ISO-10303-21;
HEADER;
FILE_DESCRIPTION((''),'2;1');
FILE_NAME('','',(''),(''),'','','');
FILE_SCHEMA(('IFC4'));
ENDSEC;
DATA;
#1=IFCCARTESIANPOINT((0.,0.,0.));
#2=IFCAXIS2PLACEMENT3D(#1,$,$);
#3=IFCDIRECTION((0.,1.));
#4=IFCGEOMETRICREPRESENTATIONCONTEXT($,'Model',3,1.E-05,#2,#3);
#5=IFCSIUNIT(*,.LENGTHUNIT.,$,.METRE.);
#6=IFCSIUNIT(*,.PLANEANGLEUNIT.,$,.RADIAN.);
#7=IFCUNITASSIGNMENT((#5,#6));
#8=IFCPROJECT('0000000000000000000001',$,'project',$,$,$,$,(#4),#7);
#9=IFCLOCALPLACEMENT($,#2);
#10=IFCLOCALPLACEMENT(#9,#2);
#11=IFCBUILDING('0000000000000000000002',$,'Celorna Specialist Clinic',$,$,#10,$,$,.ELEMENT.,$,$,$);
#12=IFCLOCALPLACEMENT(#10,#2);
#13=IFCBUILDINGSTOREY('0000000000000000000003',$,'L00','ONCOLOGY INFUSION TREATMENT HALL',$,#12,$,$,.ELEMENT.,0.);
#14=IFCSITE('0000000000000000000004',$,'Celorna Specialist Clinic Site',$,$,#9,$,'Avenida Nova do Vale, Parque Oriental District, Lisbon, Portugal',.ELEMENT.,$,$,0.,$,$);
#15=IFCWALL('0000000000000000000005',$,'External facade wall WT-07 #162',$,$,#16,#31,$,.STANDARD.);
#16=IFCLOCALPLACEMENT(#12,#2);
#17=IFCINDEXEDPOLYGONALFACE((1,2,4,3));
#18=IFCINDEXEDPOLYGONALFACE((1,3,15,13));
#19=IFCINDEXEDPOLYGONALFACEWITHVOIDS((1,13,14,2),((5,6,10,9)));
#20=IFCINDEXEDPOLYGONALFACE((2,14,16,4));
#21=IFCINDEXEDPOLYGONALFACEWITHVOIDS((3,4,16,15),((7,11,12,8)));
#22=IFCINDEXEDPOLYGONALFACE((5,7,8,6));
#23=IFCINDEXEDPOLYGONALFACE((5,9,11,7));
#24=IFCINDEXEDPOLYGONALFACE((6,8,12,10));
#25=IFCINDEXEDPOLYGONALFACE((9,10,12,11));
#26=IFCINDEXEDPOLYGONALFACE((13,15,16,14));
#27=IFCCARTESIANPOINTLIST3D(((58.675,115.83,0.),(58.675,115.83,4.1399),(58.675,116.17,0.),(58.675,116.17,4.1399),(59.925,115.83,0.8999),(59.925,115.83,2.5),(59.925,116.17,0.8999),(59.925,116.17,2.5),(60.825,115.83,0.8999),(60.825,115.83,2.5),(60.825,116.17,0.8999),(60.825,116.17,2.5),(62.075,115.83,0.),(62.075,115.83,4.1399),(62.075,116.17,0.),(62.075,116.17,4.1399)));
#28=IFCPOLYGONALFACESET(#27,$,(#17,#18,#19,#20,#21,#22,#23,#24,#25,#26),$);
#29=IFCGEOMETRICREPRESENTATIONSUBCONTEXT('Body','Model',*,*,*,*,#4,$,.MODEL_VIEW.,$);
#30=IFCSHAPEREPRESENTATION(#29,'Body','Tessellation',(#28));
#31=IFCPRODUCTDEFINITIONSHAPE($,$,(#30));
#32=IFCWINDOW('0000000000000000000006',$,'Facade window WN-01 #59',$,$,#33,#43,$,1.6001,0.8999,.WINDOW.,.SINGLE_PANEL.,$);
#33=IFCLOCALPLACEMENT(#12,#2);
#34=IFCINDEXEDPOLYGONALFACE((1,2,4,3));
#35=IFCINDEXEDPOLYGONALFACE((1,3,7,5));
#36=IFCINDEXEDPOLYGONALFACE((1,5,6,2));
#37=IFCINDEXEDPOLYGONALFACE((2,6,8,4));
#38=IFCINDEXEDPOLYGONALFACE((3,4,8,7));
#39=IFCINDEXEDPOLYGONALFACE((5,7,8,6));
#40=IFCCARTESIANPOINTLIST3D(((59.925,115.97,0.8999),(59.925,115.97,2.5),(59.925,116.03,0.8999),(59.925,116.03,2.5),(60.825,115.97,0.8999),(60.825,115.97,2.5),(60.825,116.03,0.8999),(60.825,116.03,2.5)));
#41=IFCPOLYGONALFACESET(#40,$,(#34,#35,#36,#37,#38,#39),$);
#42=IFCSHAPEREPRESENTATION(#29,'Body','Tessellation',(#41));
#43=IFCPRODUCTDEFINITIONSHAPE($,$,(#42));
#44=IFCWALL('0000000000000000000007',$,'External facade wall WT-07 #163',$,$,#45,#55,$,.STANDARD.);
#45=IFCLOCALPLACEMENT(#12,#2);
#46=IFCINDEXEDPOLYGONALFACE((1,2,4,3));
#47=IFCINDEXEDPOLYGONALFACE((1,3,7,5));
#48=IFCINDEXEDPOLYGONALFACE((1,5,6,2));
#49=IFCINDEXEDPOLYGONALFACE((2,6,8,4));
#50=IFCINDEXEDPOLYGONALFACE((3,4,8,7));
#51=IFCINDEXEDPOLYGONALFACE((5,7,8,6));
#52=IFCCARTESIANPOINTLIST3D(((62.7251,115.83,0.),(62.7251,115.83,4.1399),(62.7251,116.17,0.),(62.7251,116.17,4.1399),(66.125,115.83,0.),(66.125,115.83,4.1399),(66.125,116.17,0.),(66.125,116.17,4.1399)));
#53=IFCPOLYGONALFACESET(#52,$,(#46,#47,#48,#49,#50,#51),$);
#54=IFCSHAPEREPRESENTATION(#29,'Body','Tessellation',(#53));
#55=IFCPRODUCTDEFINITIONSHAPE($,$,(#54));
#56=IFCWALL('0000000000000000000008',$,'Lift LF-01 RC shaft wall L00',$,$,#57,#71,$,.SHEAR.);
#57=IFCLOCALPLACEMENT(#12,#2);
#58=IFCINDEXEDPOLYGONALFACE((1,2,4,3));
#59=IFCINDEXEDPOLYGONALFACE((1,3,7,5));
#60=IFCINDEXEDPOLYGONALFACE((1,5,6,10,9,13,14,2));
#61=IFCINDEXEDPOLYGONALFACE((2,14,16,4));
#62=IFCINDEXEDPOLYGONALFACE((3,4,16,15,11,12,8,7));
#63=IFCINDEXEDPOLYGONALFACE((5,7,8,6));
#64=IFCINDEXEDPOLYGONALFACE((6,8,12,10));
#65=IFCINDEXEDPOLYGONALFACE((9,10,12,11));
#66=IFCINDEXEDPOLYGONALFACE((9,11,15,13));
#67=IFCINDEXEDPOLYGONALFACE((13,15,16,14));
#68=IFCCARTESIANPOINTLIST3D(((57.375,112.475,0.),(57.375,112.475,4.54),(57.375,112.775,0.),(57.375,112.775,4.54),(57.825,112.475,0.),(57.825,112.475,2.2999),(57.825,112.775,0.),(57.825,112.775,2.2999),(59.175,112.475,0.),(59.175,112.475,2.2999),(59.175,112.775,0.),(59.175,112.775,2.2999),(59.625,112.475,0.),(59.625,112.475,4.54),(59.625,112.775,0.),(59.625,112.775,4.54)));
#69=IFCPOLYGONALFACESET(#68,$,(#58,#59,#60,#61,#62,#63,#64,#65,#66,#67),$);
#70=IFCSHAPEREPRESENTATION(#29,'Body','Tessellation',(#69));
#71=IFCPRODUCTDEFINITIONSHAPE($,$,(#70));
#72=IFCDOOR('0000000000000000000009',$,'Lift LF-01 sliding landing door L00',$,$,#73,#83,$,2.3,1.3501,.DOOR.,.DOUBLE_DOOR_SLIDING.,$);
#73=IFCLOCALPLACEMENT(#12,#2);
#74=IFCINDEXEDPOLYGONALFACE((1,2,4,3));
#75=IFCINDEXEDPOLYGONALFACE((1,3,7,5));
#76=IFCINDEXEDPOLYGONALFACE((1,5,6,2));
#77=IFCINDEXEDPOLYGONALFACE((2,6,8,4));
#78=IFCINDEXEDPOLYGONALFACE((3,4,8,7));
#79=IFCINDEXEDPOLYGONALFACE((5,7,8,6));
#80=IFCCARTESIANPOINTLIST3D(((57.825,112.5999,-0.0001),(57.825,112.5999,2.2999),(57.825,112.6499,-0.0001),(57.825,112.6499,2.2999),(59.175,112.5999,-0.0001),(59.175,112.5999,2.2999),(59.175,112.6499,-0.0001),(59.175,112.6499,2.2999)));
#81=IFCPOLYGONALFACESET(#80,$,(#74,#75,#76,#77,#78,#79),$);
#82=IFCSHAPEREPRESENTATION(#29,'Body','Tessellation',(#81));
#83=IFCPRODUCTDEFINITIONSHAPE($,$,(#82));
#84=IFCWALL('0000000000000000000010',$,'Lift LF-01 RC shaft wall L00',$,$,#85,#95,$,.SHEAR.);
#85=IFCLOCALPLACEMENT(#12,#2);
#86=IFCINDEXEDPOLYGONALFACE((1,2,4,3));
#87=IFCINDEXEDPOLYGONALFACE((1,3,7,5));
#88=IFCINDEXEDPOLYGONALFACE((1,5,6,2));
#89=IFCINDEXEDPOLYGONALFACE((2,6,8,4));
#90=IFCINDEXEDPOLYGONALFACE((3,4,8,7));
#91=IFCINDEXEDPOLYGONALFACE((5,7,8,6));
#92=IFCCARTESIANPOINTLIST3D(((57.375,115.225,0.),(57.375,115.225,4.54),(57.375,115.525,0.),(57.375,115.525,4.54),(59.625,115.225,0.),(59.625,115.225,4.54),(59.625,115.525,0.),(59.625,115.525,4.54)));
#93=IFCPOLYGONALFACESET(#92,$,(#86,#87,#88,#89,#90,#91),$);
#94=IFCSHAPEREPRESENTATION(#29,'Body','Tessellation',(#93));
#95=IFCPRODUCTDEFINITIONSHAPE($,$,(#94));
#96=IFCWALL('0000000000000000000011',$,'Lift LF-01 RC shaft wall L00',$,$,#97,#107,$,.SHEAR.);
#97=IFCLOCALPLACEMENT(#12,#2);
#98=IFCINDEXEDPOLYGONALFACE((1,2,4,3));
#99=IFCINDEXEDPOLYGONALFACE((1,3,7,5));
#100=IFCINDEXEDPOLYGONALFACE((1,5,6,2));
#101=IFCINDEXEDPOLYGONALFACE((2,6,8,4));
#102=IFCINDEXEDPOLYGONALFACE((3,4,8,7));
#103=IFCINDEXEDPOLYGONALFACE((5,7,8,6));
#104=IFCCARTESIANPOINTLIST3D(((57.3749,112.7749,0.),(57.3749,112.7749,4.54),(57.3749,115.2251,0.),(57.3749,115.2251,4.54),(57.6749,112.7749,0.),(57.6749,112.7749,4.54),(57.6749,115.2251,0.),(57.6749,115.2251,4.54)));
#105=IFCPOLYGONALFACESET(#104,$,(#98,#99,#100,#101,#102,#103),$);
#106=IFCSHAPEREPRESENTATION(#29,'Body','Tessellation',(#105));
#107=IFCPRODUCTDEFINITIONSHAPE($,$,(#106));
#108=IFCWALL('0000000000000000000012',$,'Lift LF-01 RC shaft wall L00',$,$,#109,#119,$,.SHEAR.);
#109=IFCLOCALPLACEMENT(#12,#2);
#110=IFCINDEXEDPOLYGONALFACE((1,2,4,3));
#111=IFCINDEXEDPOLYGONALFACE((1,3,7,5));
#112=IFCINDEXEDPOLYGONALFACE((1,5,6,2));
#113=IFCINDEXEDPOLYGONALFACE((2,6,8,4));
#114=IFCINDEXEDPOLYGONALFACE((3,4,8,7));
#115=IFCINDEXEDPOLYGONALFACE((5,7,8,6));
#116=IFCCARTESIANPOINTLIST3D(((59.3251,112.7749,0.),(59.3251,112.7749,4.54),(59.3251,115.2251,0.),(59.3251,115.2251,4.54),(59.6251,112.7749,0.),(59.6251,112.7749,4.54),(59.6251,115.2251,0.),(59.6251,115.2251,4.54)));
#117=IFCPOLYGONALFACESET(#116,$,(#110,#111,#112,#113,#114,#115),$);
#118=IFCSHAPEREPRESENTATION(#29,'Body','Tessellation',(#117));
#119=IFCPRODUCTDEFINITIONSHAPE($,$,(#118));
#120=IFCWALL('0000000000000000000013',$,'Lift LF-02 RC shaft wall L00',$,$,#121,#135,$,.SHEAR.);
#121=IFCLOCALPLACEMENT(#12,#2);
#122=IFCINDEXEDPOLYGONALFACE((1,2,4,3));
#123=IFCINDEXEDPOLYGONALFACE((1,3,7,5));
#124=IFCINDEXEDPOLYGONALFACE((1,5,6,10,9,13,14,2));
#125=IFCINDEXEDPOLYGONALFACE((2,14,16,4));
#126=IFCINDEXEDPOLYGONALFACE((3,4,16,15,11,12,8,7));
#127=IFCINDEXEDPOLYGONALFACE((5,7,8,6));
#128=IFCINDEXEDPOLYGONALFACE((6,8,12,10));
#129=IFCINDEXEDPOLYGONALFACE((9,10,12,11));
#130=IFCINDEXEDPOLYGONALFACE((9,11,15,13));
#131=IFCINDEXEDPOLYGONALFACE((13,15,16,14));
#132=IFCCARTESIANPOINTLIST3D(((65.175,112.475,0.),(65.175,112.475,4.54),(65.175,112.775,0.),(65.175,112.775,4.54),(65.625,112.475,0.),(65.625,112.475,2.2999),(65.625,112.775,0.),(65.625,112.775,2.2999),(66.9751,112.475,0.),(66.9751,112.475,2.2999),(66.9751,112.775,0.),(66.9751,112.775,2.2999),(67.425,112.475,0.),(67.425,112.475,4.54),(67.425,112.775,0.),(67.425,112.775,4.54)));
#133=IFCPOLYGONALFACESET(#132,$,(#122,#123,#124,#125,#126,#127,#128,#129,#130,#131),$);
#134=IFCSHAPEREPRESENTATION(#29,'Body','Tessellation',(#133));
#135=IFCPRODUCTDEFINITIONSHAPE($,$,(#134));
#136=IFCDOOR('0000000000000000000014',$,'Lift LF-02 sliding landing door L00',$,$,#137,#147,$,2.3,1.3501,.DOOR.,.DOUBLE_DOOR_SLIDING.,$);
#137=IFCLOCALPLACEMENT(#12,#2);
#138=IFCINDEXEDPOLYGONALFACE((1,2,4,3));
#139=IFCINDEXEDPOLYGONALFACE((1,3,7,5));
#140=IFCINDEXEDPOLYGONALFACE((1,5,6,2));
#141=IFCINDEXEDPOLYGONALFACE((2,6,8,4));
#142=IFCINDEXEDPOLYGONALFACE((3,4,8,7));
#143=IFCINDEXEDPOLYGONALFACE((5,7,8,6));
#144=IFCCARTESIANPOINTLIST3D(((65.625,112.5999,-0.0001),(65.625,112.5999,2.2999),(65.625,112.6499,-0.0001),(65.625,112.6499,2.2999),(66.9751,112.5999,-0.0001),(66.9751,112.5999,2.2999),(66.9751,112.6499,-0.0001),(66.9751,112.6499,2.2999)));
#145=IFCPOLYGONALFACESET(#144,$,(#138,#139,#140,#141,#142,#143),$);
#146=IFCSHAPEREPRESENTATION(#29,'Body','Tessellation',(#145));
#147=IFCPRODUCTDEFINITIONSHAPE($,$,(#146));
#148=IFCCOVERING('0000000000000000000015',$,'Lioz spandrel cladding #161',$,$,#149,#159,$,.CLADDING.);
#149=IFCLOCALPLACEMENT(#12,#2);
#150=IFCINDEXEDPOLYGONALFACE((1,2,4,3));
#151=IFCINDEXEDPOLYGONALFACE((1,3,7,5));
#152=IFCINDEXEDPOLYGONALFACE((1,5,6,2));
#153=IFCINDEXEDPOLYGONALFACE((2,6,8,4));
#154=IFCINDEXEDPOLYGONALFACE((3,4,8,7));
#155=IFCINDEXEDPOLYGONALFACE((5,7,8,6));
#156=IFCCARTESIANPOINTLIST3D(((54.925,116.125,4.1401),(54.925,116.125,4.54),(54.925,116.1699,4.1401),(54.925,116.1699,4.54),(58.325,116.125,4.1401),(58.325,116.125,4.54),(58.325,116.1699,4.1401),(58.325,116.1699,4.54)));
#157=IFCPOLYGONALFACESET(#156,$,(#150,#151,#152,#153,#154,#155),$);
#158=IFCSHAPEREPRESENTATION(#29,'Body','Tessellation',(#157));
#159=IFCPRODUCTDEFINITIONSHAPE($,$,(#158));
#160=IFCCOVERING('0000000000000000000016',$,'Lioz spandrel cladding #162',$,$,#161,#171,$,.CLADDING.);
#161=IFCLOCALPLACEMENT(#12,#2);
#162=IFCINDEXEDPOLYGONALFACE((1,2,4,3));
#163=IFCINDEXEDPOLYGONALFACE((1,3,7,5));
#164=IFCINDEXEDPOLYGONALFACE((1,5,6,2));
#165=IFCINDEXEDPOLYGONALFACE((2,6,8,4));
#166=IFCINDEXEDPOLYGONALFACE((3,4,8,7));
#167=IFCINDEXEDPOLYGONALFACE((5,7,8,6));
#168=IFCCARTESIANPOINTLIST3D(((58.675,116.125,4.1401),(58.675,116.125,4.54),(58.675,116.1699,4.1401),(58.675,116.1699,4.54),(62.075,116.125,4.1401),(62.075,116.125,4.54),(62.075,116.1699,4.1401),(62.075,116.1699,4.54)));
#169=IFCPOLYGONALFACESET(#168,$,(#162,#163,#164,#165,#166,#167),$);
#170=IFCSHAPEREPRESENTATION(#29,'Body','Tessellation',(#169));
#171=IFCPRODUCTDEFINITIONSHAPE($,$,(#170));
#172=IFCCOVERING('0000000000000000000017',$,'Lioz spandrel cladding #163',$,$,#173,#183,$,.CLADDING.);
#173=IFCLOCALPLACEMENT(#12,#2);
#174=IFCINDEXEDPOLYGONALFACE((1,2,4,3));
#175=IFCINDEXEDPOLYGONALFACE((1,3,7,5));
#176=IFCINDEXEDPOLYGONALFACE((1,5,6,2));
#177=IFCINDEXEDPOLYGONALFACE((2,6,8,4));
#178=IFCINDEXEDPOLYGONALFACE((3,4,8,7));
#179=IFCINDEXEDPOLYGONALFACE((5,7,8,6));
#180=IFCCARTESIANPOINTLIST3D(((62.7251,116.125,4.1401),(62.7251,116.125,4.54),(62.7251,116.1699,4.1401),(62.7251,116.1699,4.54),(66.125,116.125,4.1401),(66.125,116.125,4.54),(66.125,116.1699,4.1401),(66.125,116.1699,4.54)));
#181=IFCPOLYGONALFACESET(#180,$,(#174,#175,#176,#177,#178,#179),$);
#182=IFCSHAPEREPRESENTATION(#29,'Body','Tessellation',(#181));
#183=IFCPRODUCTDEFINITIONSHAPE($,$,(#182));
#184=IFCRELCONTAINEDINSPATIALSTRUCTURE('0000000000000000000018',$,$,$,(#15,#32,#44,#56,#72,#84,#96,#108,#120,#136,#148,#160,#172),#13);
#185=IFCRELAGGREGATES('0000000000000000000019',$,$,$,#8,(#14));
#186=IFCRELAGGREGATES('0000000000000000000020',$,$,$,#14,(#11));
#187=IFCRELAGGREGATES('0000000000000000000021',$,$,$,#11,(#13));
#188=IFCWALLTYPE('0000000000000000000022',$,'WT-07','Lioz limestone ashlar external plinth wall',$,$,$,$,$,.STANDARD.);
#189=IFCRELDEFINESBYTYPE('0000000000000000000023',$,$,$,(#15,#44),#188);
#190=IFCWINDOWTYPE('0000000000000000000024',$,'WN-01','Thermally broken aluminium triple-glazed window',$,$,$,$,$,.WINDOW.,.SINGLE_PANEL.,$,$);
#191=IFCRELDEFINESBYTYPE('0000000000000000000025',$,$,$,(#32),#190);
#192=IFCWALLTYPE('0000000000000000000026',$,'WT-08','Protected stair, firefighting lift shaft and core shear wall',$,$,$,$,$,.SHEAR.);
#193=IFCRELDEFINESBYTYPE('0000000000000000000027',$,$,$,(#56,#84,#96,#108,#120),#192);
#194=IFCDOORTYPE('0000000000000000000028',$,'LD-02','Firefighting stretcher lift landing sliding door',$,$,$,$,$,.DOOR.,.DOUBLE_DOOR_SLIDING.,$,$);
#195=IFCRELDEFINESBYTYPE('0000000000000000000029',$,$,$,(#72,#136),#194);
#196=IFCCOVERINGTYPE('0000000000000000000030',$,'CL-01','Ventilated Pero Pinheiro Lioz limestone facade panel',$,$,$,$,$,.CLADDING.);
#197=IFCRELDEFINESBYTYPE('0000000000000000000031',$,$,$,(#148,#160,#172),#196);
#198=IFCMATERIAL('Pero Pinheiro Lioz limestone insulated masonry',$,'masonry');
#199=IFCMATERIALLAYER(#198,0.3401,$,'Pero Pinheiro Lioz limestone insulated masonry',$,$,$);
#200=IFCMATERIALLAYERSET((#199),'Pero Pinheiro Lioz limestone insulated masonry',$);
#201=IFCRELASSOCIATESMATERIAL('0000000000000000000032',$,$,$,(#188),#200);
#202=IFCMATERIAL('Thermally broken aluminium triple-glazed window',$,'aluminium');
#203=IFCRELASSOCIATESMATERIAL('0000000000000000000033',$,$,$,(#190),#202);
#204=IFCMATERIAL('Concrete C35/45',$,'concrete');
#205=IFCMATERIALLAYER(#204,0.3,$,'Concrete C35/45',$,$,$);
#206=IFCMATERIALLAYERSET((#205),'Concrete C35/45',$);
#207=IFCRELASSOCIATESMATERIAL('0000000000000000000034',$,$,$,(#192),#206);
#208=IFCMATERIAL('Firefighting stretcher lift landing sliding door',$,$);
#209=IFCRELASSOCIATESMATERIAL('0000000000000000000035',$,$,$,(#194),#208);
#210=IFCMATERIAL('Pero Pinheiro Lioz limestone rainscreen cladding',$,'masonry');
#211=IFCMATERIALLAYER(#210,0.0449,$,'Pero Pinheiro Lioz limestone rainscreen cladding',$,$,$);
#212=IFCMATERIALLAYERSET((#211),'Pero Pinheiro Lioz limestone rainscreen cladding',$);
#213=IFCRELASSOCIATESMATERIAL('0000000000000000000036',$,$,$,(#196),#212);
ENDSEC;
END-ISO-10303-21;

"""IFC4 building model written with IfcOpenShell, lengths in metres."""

from ifc_helpers import new_model, si_unit, direction, frame, frame_2d, origin, origin_2d, place, context, subcontext, project, spatial, rectangle, extrude, material, layer, layer_set, type_object, element, fill, save


model = new_model("IFC4")

# Units and contexts
model_context = context("Model", 3, precision=1e-05, world=origin(), true_north=direction((0.0, 1.0)))
body_context = subcontext(model_context, "Body", "Model", "MODEL_VIEW")
ifc_project = project(units=[si_unit("LENGTHUNIT", "METRE"), si_unit("PLANEANGLEUNIT", "RADIAN")], contexts=[model_context])

# Site, building, storey
site_placement = place(None, origin())
site = spatial("IfcSite", under=ifc_project, at=site_placement, Name="Celorna Specialist Clinic Site", LongName="Avenida Nova do Vale, Parque Oriental District, Lisbon, Portugal", CompositionType="ELEMENT", RefElevation=0.0)
building_placement = place(site_placement, origin())
building = spatial("IfcBuilding", under=site, at=building_placement, Name="Celorna Specialist Clinic", CompositionType="ELEMENT")
storey_placement = place(building_placement, origin())
storey = spatial("IfcBuildingStorey", under=building, at=storey_placement, Name="L00", Description="ONCOLOGY INFUSION TREATMENT HALL", CompositionType="ELEMENT", Elevation=0.0)

# Wall, opening, window
ifc_material_1 = material(Name="Pero Pinheiro Lioz limestone insulated masonry", Category="masonry")
ifc_layer_1 = layer(ifc_material_1, 0.3401, Name="Pero Pinheiro Lioz limestone insulated masonry")
ifc_layer_set_1 = layer_set([ifc_layer_1], Name="Pero Pinheiro Lioz limestone insulated masonry")
wall_type_1 = type_object("IfcWallType", Name="WT-07", Description="Lioz limestone ashlar external plinth wall", PredefinedType="STANDARD", material=ifc_layer_set_1)
ifc_material_2 = material(Name="Thermally broken aluminium triple-glazed window", Category="aluminium")
wall_1_placement = place(storey_placement, frame((58.675, 116.0, 0.0), z_axis=(0.0, 0.0, 1.0), x_axis=(1.0, 0.0, 0.0)))
wall_1 = element("IfcWall", 1, at=wall_1_placement, inside=storey, type_object=wall_type_1, Name="External facade wall WT-07 #162", PredefinedType="STANDARD", context=body_context, shape_type="SweptSolid", body=[
    extrude(rectangle(XDim=3.3999, YDim=0.3401, at=frame_2d((1.7, 0.0))), origin(), (0.0, 0.0, 1.0), 4.1399),
])
opening_1_placement = place(wall_1_placement, frame((1.25, 0.0, 0.8999)))
opening_1 = element("IfcOpeningElement", 2, at=opening_1_placement, cuts=wall_1, PredefinedType="OPENING", context=body_context, shape_type="SweptSolid", body=[
    extrude(rectangle(XDim=0.8999, YDim=1.6001, at=frame_2d((0.45, 0.8))), frame((0.0, 0.1799, 0.0), z_axis=(0.0, -1.0, 0.0), x_axis=(1.0, 0.0, 0.0)), (0.0, 0.0, 1.0), 0.3601),
])
window_type_1 = type_object("IfcWindowType", Name="WN-01", Description="Thermally broken aluminium triple-glazed window", PartitioningType="SINGLE_PANEL", PredefinedType="WINDOW", material=ifc_material_2)
window_1_placement = place(opening_1_placement, origin())
window_1 = element("IfcWindow", 3, at=window_1_placement, inside=storey, type_object=window_type_1, Name="Facade window WN-01 #59", OverallHeight=1.6001, OverallWidth=0.8999, PartitioningType="SINGLE_PANEL", PredefinedType="WINDOW", context=body_context, shape_type="SweptSolid", body=[
    extrude(rectangle(XDim=0.8999, YDim=1.6001, at=frame_2d((0.45, 0.8))), frame((0.0, 0.03, 0.0), z_axis=(0.0, -1.0, 0.0), x_axis=(1.0, 0.0, 0.0)), (0.0, 0.0, 1.0), 0.0601),
])
fill(opening_1, window_1)

# Wall
wall_2_placement = place(storey_placement, frame((62.7251, 116.0, 0.0), z_axis=(0.0, 0.0, 1.0), x_axis=(1.0, 0.0, 0.0)))
element("IfcWall", 4, at=wall_2_placement, inside=storey, type_object=wall_type_1, Name="External facade wall WT-07 #163", PredefinedType="STANDARD", context=body_context, shape_type="SweptSolid", body=[
    extrude(rectangle(XDim=3.3999, YDim=0.3401, at=frame_2d((1.7, 0.0))), origin(), (0.0, 0.0, 1.0), 4.1399),
])

# Wall, opening, door
ifc_material_3 = material(Name="Concrete C35/45", Category="concrete")
ifc_layer_2 = layer(ifc_material_3, 0.3, Name="Concrete C35/45")
ifc_layer_set_2 = layer_set([ifc_layer_2], Name="Concrete C35/45")
wall_type_2 = type_object("IfcWallType", Name="WT-08", Description="Protected stair, firefighting lift shaft and core shear wall", PredefinedType="SHEAR", material=ifc_layer_set_2)
wall_3_placement = place(storey_placement, frame((57.375, 112.625, 0.0), z_axis=(0.0, 0.0, 1.0), x_axis=(1.0, 0.0, 0.0)))
wall_3 = element("IfcWall", 5, at=wall_3_placement, inside=storey, type_object=wall_type_2, Name="Lift LF-01 RC shaft wall L00", PredefinedType="SHEAR", context=body_context, shape_type="SweptSolid", body=[
    extrude(rectangle(XDim=2.25, YDim=0.3, at=frame_2d((1.125, 0.0))), origin(), (0.0, 0.0, 1.0), 4.54),
])
opening_2_placement = place(wall_3_placement, frame((0.45, 0.0, 0.0)))
opening_2 = element("IfcOpeningElement", 6, at=opening_2_placement, cuts=wall_3, PredefinedType="OPENING", context=body_context, shape_type="SweptSolid", body=[
    extrude(rectangle(XDim=1.3501, YDim=2.3, at=frame_2d((0.675, 1.1499))), frame((0.0, 0.1599, 0.0), z_axis=(0.0, -1.0, 0.0), x_axis=(1.0, 0.0, 0.0)), (0.0, 0.0, 1.0), 0.3201),
])
ifc_material_4 = material(Name="Firefighting stretcher lift landing sliding door")
door_type = type_object("IfcDoorType", Name="LD-02", Description="Firefighting stretcher lift landing sliding door", OperationType="DOUBLE_DOOR_SLIDING", PredefinedType="DOOR", material=ifc_material_4)
door_1_placement = place(opening_2_placement, origin())
door_1 = element("IfcDoor", 7, at=door_1_placement, inside=storey, type_object=door_type, Name="Lift LF-01 sliding landing door L00", OperationType="DOUBLE_DOOR_SLIDING", OverallHeight=2.3, OverallWidth=1.3501, PredefinedType="DOOR", context=body_context, shape_type="SweptSolid", body=[
    extrude(rectangle(XDim=1.3501, YDim=2.3, at=frame_2d((0.675, 1.1499))), frame((0.0, 0.0249, 0.0), z_axis=(0.0, -1.0, 0.0), x_axis=(1.0, 0.0, 0.0)), (0.0, 0.0, 1.0), 0.05),
])
fill(opening_2, door_1)

# Walls
wall_4_placement = place(storey_placement, frame((59.625, 115.375, 0.0), z_axis=(0.0, 0.0, 1.0), x_axis=(-1.0, 0.0, 0.0)))
element("IfcWall", 8, at=wall_4_placement, inside=storey, type_object=wall_type_2, Name="Lift LF-01 RC shaft wall L00", PredefinedType="SHEAR", context=body_context, shape_type="SweptSolid", body=[
    extrude(rectangle(XDim=2.25, YDim=0.3, at=frame_2d((1.125, 0.0))), origin(), (0.0, 0.0, 1.0), 4.54),
])
for number, where, z_axis, x_axis, name in (
    (9, (57.5249, 115.2251, 0.0), (0.0, 0.0, 1.0), (0.0, -1.0, 0.0), "Lift LF-01 RC shaft wall L00"),
    (10, (59.4751, 112.7749, 0.0), (0.0, 0.0, 1.0), (0.0, 1.0, 0.0), "Lift LF-01 RC shaft wall L00"),
):
    element("IfcWall", number, at=place(storey_placement, frame(where, z_axis=z_axis, x_axis=x_axis)), inside=storey, type_object=wall_type_2, Name=name, PredefinedType="SHEAR", context=body_context, shape_type="SweptSolid", body=[
        extrude(rectangle(XDim=2.4502, YDim=0.3, at=frame_2d((1.2251, 0.0))), origin(), (0.0, 0.0, 1.0), 4.54),
    ])

# Wall, opening, door
wall_5_placement = place(storey_placement, frame((65.175, 112.625, 0.0), z_axis=(0.0, 0.0, 1.0), x_axis=(1.0, 0.0, 0.0)))
wall_5 = element("IfcWall", 11, at=wall_5_placement, inside=storey, type_object=wall_type_2, Name="Lift LF-02 RC shaft wall L00", PredefinedType="SHEAR", context=body_context, shape_type="SweptSolid", body=[
    extrude(rectangle(XDim=2.25, YDim=0.3, at=frame_2d((1.125, 0.0))), origin(), (0.0, 0.0, 1.0), 4.54),
])
opening_3_placement = place(wall_5_placement, frame((0.45, 0.0, 0.0)))
opening_3 = element("IfcOpeningElement", 12, at=opening_3_placement, cuts=wall_5, PredefinedType="OPENING", context=body_context, shape_type="SweptSolid", body=[
    extrude(rectangle(XDim=1.3501, YDim=2.3, at=frame_2d((0.675, 1.1499))), frame((0.0, 0.1599, 0.0), z_axis=(0.0, -1.0, 0.0), x_axis=(1.0, 0.0, 0.0)), (0.0, 0.0, 1.0), 0.3201),
])
door_2_placement = place(opening_3_placement, origin())
door_2 = element("IfcDoor", 13, at=door_2_placement, inside=storey, type_object=door_type, Name="Lift LF-02 sliding landing door L00", OperationType="DOUBLE_DOOR_SLIDING", OverallHeight=2.3, OverallWidth=1.3501, PredefinedType="DOOR", context=body_context, shape_type="SweptSolid", body=[
    extrude(rectangle(XDim=1.3501, YDim=2.3, at=frame_2d((0.675, 1.1499))), frame((0.0, 0.0249, 0.0), z_axis=(0.0, -1.0, 0.0), x_axis=(1.0, 0.0, 0.0)), (0.0, 0.0, 1.0), 0.05),
])
fill(opening_3, door_2)

# Coverings
ifc_material_5 = material(Name="Pero Pinheiro Lioz limestone rainscreen cladding", Category="masonry")
ifc_layer_3 = layer(ifc_material_5, 0.0449, Name="Pero Pinheiro Lioz limestone rainscreen cladding")
ifc_layer_set_3 = layer_set([ifc_layer_3], Name="Pero Pinheiro Lioz limestone rainscreen cladding")
covering_type = type_object("IfcCoveringType", Name="CL-01", Description="Ventilated Pero Pinheiro Lioz limestone facade panel", PredefinedType="CLADDING", material=ifc_layer_set_3)
for number, where, z_axis, x_axis, name in (
    (14, (56.625, 116.1475, 4.1401), (0.0, 0.0, 1.0), (1.0, 0.0, 0.0), "Lioz spandrel cladding #161"),
    (15, (60.375, 116.1475, 4.1401), (0.0, 0.0, 1.0), (1.0, 0.0, 0.0), "Lioz spandrel cladding #162"),
    (16, (64.425, 116.1475, 4.1401), (0.0, 0.0, 1.0), (1.0, 0.0, 0.0), "Lioz spandrel cladding #163"),
):
    element("IfcCovering", number, at=place(storey_placement, frame(where, z_axis=z_axis, x_axis=x_axis)), inside=storey, type_object=covering_type, Name=name, PredefinedType="CLADDING", context=body_context, shape_type="SweptSolid", body=[
        extrude(rectangle(XDim=3.3999, YDim=0.0449, at=origin_2d()), origin(), (0.0, 0.0, 1.0), 0.3999),
    ])

save(model, "model.ifc")
